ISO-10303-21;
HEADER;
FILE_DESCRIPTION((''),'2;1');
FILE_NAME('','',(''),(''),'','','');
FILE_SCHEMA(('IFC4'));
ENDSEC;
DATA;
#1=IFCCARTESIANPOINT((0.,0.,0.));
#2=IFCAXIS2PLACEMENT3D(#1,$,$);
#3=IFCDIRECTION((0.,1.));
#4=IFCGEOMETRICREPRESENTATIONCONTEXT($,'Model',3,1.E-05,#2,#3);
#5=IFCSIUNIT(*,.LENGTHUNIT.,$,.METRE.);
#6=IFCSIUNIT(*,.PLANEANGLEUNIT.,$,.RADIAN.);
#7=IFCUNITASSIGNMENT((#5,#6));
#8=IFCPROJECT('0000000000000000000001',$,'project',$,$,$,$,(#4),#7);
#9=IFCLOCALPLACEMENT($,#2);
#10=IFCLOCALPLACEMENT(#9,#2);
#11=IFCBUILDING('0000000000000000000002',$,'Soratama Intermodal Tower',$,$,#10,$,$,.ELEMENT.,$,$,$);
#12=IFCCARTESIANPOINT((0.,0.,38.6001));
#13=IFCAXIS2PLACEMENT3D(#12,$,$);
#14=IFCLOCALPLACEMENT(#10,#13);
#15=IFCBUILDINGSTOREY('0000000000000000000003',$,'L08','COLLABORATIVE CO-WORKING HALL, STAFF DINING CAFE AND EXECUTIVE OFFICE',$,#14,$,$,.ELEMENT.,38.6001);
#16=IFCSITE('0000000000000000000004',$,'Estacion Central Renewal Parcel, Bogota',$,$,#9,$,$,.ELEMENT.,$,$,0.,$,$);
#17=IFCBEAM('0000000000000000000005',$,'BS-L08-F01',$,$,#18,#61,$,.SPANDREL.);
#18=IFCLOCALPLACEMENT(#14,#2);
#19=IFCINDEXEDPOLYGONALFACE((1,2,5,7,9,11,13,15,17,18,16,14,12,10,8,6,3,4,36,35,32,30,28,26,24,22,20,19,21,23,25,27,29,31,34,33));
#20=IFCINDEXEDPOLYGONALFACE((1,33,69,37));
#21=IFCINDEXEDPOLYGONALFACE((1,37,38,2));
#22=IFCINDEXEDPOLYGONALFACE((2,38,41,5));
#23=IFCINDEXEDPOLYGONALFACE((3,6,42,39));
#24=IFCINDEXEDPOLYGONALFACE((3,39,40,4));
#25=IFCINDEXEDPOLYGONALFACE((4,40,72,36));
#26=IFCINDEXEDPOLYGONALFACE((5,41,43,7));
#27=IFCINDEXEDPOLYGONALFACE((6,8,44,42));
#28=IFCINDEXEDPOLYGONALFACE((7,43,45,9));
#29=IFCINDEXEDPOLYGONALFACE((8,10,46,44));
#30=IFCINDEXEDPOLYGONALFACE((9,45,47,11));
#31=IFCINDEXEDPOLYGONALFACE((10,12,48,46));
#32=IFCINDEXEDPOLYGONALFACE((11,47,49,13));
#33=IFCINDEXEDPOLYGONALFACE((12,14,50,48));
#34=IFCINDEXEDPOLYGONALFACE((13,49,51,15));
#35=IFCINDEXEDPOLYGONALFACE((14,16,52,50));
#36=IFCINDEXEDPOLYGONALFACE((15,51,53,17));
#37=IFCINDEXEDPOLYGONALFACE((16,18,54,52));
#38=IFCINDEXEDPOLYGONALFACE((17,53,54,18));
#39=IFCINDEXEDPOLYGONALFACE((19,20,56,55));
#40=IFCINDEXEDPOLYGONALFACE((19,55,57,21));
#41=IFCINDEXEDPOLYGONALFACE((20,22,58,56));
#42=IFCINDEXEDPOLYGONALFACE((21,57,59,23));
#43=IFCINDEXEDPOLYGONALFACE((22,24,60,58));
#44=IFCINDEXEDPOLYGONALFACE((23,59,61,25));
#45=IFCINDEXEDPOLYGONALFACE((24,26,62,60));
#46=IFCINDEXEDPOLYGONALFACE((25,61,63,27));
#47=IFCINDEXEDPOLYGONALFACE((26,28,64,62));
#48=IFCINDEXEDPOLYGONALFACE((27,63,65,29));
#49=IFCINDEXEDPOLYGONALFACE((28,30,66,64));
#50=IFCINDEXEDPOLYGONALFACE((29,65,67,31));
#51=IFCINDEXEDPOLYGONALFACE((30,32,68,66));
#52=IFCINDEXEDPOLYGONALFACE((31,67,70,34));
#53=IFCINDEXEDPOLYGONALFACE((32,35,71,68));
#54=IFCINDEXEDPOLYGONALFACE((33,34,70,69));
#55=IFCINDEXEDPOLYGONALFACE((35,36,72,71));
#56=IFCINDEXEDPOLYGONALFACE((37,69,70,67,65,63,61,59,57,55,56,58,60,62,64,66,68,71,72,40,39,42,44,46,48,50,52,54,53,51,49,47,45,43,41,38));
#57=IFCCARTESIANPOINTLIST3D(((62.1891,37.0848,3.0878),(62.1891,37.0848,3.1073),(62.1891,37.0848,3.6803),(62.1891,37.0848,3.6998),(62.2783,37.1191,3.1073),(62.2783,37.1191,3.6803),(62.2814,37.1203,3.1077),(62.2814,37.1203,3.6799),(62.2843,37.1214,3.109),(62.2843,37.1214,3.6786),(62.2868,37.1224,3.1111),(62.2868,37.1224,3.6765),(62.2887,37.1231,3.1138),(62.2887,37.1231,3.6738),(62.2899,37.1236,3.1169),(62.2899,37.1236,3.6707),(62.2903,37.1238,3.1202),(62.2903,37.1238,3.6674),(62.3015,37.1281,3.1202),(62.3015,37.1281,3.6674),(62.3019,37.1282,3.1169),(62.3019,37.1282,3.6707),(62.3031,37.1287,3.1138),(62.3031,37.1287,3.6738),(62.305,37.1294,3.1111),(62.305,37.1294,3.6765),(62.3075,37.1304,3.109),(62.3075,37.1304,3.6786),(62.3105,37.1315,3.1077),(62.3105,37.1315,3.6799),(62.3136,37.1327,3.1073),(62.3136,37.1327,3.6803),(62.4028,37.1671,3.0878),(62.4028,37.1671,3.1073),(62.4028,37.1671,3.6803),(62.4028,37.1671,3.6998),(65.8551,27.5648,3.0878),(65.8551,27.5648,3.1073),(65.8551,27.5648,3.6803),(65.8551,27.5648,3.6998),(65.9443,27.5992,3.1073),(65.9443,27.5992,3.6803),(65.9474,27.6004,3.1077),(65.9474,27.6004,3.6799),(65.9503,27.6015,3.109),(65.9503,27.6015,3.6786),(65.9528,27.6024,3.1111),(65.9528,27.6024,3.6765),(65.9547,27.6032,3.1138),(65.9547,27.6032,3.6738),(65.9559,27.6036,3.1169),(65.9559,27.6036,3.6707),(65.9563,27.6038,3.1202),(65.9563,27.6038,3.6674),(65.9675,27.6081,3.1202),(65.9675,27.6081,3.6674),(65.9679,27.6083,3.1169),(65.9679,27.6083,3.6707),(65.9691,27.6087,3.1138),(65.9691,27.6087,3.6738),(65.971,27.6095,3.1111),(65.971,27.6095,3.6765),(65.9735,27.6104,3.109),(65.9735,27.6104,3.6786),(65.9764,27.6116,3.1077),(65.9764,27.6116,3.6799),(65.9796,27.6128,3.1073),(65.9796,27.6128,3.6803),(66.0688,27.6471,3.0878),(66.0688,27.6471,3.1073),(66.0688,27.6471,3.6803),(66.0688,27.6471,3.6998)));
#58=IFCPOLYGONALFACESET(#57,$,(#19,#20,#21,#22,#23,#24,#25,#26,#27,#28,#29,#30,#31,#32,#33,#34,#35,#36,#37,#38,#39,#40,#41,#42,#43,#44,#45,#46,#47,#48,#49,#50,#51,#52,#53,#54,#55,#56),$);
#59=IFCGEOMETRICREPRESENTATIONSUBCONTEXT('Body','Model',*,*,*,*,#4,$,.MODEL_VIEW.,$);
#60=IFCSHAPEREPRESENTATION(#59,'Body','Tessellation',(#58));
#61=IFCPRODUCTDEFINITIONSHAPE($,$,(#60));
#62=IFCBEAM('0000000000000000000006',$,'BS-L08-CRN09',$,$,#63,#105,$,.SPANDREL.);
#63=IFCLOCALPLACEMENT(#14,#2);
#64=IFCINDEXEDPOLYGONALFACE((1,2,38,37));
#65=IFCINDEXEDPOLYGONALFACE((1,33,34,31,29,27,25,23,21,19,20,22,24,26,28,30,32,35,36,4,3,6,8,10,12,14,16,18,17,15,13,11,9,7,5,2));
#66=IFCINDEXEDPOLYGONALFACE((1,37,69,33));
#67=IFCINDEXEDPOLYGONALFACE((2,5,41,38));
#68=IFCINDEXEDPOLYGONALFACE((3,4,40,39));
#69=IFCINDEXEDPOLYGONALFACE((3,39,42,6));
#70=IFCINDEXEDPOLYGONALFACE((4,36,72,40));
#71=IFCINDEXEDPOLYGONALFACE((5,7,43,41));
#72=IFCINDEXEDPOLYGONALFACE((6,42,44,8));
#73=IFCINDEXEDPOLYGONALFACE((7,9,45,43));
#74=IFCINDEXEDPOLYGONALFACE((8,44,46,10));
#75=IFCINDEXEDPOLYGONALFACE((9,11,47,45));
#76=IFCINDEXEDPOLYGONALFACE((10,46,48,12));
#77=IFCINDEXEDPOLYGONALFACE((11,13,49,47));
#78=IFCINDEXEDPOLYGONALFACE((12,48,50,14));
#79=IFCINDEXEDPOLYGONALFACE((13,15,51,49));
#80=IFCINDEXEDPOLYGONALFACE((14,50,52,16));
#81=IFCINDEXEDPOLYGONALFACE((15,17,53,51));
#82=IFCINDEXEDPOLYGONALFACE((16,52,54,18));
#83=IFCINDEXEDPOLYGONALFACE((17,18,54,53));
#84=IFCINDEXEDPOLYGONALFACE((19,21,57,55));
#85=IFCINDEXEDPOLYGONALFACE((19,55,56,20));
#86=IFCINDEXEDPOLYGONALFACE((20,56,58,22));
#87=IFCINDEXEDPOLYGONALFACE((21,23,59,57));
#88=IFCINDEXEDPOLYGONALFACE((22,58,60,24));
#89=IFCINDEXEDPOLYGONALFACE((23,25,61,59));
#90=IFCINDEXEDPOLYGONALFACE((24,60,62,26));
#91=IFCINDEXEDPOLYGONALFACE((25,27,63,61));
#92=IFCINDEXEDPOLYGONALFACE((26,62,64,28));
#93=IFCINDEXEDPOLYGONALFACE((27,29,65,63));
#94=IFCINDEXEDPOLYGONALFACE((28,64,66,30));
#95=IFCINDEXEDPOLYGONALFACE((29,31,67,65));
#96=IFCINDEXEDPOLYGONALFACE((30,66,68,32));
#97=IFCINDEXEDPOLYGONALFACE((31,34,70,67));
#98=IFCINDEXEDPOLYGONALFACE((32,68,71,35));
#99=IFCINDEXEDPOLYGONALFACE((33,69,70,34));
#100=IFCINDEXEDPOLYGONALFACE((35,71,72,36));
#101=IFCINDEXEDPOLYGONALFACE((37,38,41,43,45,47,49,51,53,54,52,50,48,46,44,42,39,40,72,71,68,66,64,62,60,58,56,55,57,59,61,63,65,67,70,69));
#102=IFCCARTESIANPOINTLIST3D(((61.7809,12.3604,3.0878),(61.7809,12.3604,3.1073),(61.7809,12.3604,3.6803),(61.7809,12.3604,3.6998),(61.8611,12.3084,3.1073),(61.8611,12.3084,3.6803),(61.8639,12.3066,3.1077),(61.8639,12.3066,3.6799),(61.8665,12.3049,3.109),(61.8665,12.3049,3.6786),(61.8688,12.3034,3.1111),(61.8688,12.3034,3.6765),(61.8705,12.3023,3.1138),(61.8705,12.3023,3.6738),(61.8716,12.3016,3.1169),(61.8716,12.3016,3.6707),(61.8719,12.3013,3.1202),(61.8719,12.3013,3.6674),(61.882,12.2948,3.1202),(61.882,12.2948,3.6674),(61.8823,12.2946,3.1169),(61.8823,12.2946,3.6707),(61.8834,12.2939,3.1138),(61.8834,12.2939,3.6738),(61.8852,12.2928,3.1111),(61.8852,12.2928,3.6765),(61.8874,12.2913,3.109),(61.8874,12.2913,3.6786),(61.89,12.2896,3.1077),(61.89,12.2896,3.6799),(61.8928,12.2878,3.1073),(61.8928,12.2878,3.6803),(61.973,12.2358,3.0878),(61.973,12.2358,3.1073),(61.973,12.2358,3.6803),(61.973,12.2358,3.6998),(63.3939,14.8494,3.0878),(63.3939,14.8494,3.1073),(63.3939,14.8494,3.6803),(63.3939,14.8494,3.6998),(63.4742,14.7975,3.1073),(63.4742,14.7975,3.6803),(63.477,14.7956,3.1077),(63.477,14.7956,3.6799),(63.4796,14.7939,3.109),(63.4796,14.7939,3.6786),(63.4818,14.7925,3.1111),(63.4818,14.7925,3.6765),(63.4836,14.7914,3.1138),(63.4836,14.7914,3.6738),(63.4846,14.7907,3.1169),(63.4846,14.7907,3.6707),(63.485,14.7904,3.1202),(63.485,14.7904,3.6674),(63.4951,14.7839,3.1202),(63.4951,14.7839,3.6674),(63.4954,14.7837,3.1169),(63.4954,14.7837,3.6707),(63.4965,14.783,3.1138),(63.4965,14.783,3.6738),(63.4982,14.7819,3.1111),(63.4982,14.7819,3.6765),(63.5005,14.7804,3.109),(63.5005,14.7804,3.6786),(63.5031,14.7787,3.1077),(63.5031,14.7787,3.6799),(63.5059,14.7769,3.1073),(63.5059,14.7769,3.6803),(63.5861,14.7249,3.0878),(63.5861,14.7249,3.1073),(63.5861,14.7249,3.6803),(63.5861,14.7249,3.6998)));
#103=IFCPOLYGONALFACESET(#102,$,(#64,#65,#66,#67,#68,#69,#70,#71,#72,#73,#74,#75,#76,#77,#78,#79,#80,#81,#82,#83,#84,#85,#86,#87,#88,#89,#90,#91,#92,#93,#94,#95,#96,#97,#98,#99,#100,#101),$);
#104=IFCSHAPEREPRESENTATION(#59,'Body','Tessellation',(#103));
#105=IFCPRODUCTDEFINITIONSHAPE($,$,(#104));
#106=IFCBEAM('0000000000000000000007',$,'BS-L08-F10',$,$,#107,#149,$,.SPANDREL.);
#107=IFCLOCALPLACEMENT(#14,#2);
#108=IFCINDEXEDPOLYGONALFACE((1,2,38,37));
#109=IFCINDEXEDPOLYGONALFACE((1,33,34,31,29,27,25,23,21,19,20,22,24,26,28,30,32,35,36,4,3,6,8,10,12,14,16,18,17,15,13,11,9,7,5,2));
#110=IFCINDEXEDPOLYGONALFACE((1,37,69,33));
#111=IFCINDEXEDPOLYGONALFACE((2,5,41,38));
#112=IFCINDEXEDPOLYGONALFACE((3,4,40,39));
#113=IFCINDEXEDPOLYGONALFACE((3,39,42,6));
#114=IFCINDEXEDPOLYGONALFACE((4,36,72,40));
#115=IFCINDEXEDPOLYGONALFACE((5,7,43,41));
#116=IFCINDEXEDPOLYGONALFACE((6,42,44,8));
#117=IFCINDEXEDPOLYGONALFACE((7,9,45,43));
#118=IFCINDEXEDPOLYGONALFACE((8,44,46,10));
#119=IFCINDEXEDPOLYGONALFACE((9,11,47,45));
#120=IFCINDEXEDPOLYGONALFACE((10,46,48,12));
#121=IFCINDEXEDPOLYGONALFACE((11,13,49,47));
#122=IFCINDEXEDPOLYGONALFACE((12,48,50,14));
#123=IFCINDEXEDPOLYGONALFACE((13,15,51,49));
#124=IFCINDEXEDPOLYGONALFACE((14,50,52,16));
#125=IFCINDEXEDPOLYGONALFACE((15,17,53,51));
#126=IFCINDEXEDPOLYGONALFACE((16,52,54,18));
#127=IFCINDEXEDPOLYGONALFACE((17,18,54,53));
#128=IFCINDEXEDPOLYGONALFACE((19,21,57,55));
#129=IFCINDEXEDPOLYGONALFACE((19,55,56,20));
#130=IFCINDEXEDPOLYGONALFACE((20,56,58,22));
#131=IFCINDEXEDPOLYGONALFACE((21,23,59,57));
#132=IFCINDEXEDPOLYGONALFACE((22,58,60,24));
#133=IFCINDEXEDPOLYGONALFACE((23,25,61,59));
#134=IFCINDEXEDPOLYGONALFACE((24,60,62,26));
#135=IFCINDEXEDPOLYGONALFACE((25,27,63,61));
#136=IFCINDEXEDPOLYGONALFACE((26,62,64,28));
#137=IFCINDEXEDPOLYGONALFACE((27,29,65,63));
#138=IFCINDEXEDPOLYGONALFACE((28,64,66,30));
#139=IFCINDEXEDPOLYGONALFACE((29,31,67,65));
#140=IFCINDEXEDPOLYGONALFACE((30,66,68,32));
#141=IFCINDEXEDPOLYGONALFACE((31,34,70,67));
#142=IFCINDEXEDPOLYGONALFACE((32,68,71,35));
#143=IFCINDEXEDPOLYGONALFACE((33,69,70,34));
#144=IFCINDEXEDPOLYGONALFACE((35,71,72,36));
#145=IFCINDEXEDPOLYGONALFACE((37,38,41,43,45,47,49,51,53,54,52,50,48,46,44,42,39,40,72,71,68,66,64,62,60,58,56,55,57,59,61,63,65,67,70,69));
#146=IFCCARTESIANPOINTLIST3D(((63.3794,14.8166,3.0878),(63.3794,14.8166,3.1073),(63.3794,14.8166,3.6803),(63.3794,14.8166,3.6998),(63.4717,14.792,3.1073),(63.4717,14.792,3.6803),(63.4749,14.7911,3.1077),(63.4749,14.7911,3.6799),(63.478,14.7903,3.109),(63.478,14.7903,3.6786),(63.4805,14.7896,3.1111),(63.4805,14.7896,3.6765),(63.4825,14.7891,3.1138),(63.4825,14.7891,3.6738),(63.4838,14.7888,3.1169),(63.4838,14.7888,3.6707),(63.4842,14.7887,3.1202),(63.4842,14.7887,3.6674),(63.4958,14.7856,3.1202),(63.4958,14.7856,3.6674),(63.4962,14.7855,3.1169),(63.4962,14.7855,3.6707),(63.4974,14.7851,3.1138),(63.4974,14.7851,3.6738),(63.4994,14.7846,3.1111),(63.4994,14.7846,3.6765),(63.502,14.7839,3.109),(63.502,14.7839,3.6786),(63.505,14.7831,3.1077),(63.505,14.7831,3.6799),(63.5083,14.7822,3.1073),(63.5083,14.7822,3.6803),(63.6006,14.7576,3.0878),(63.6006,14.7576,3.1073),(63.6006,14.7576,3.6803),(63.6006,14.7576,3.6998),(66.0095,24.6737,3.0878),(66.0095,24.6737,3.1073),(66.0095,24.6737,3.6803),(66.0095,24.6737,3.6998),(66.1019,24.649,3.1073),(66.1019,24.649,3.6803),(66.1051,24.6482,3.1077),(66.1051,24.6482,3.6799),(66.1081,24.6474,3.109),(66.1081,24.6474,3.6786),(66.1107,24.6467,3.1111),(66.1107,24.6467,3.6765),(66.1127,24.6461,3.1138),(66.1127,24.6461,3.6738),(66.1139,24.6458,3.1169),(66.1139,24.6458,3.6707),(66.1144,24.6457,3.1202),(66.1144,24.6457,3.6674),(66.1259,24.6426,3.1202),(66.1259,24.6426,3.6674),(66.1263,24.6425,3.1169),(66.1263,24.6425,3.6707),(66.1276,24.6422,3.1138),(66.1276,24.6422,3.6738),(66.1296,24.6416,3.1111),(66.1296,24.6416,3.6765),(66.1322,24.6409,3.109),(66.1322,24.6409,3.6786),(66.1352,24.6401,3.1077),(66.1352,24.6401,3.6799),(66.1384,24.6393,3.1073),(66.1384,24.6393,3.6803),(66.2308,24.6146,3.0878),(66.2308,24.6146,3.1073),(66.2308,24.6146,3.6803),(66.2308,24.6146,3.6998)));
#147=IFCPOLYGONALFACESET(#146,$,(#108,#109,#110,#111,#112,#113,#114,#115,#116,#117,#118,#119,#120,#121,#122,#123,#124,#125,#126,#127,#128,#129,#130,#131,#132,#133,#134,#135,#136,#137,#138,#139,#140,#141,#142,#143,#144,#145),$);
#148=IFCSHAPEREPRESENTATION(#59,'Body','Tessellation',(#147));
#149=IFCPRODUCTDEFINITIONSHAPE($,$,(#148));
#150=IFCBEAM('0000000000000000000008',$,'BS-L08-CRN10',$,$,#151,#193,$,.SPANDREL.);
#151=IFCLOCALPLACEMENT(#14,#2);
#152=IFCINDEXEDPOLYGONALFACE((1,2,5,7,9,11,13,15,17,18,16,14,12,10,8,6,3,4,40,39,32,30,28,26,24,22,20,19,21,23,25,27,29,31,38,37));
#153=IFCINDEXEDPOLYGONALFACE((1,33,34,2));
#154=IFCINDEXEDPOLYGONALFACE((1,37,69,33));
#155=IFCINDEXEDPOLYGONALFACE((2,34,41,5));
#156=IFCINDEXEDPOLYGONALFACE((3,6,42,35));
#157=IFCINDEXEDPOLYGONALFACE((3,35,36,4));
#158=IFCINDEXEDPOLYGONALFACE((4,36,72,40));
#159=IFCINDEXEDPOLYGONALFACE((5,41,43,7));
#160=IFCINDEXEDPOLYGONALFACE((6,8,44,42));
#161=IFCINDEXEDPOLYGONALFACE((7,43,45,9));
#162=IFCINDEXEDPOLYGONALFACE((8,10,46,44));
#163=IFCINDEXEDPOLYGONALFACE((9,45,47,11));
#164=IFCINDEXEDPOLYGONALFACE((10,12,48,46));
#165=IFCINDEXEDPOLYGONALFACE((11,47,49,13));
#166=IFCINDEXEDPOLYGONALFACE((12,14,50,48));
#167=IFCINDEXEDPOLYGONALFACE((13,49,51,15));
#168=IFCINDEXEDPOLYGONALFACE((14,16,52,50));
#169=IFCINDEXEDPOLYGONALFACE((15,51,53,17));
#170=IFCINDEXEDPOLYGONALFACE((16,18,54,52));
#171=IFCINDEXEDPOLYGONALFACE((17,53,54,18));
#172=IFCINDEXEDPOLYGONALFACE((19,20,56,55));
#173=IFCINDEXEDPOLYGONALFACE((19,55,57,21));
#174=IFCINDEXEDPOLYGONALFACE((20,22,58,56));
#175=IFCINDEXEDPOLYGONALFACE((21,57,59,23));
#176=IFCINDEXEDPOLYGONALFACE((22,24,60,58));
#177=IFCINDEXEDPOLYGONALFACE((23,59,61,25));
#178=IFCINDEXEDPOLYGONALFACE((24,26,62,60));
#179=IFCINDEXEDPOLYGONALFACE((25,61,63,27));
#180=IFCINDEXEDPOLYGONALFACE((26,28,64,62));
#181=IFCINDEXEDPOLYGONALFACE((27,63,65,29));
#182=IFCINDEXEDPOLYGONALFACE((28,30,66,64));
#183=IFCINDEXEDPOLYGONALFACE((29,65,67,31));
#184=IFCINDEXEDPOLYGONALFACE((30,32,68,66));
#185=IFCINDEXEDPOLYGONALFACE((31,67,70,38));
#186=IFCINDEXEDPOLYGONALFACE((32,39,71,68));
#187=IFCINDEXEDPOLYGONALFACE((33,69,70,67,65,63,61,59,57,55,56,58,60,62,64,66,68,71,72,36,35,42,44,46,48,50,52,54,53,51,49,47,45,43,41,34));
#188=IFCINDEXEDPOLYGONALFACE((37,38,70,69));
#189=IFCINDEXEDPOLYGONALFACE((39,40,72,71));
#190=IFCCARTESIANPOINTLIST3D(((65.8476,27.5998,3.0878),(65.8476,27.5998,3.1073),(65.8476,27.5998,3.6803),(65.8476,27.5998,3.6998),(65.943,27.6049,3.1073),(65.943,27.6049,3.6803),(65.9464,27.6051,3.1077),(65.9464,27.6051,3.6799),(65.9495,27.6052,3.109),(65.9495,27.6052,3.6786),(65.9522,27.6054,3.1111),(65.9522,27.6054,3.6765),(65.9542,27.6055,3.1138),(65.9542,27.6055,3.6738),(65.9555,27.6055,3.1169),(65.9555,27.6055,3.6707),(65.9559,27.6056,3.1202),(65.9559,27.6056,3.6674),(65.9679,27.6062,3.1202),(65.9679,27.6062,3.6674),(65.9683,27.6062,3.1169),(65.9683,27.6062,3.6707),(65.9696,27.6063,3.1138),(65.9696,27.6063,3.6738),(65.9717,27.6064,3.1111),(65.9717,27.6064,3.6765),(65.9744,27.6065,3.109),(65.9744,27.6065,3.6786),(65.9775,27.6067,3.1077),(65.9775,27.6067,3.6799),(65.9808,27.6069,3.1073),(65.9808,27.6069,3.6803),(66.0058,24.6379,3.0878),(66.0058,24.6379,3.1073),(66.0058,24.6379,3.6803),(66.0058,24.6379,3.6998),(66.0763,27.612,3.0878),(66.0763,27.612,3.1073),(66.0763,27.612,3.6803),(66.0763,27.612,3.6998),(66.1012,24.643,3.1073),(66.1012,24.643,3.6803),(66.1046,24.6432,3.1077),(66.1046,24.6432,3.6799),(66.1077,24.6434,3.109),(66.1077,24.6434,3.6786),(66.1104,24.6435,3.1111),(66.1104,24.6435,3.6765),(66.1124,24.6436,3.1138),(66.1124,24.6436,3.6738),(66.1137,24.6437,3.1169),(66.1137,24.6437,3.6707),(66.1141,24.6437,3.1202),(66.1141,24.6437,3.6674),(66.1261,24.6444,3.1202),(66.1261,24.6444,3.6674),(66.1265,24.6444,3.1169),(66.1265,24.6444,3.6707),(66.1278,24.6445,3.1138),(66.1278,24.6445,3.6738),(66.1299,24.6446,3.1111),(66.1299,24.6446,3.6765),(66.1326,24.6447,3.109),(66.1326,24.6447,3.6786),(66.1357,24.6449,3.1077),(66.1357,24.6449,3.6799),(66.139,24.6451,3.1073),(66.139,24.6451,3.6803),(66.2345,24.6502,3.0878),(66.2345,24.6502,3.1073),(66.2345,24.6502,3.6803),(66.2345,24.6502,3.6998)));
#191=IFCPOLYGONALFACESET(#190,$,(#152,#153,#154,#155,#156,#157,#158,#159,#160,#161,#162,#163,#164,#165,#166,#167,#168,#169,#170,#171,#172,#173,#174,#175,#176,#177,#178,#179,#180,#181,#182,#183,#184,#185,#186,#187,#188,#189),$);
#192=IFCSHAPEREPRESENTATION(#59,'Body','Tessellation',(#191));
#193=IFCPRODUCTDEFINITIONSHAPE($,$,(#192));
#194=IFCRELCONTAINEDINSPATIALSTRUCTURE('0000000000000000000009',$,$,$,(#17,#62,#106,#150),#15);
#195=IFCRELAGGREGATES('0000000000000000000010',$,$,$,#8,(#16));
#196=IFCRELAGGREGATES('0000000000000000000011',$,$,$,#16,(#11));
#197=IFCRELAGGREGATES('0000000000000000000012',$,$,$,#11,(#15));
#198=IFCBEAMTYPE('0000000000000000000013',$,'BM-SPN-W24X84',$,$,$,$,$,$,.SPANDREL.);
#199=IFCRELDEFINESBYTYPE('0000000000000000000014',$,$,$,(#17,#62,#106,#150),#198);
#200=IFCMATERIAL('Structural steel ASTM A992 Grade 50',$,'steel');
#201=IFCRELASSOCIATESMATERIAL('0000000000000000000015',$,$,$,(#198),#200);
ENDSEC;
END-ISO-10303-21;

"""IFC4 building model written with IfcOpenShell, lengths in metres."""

from ifc_helpers import new_model, si_unit, direction, frame, origin, origin_2d, place, context, subcontext, project, spatial, i_section, extrude, material, material_profile, profile_set, type_object, element, save


model = new_model("IFC4")

# Units and contexts
model_context = context("Model", 3, precision=1e-05, world=origin(), true_north=direction((0.0, 1.0)))
body_context = subcontext(model_context, "Body", "Model", "MODEL_VIEW")
ifc_project = project(units=[si_unit("LENGTHUNIT", "METRE"), si_unit("PLANEANGLEUNIT", "RADIAN")], contexts=[model_context])

# Site, building, storey
site_placement = place(None, origin())
site = spatial("IfcSite", under=ifc_project, at=site_placement, Name="Estacion Central Renewal Parcel, Bogota", CompositionType="ELEMENT", RefElevation=0.0)
building_placement = place(site_placement, origin())
building = spatial("IfcBuilding", under=site, at=building_placement, Name="Soratama Intermodal Tower", CompositionType="ELEMENT")
storey_placement = place(building_placement, frame((0.0, 0.0, 38.6001)))
storey = spatial("IfcBuildingStorey", under=building, at=storey_placement, Name="L08", Description="COLLABORATIVE CO-WORKING HALL, STAFF DINING CAFE AND EXECUTIVE OFFICE", CompositionType="ELEMENT", Elevation=38.6001)

# Beams
ifc_material_1 = material(Name="Structural steel ASTM A992 Grade 50", Category="steel")
ifc_material_profile_1 = material_profile(ifc_material_1, i_section(OverallWidth=0.229, OverallDepth=0.6121, WebThickness=0.012, FlangeThickness=0.0195, FilletRadius=0.0129, at=origin_2d()), Name="W24X84")
ifc_profile_set_1 = profile_set([ifc_material_profile_1], Name="Structural steel ASTM A992 Grade 50")
beam_type_1 = type_object("IfcBeamType", Name="BM-SPN-W24X84", PredefinedType="SPANDREL", material=ifc_profile_set_1)
beam_1_placement = place(storey_placement, frame((65.9619, 27.606, 3.3938), z_axis=(-0.359361, 0.933199, 0.0), x_axis=(-0.933199, -0.359361, 0.0)))
element("IfcBeam", 1, at=beam_1_placement, inside=storey, type_object=beam_type_1, Name="BS-L08-F01", PredefinedType="SPANDREL", context=body_context, shape_type="SweptSolid", body=[
    extrude(i_section(OverallWidth=0.229, OverallDepth=0.6121, WebThickness=0.012, FlangeThickness=0.0195, FilletRadius=0.0129, at=origin_2d()), origin(), (0.0, 0.0, 1.0), 10.2014),
])
beam_2_placement = place(storey_placement, frame((61.877, 12.2981, 3.3938), z_axis=(0.543845, 0.839186, 0.0), x_axis=(-0.839186, 0.543845, 0.0)))
element("IfcBeam", 2, at=beam_2_placement, inside=storey, type_object=beam_type_1, Name="BS-L08-CRN09", PredefinedType="SPANDREL", context=body_context, shape_type="SweptSolid", body=[
    extrude(i_section(OverallWidth=0.229, OverallDepth=0.6121, WebThickness=0.012, FlangeThickness=0.0195, FilletRadius=0.0129, at=origin_2d()), origin(), (0.0, 0.0, 1.0), 2.9661),
])
beam_3_placement = place(storey_placement, frame((63.49, 14.7871, 3.3938), z_axis=(0.25781, 0.966196, 0.0), x_axis=(-0.966196, 0.25781, 0.0)))
element("IfcBeam", 3, at=beam_3_placement, inside=storey, type_object=beam_type_1, Name="BS-L08-F10", PredefinedType="SPANDREL", context=body_context, shape_type="SweptSolid", body=[
    extrude(i_section(OverallWidth=0.229, OverallDepth=0.6121, WebThickness=0.012, FlangeThickness=0.0195, FilletRadius=0.0129, at=origin_2d()), origin(), (0.0, 0.0, 1.0), 10.2019),
])
beam_4_placement = place(storey_placement, frame((66.1201, 24.644, 3.3938), z_axis=(-0.053336, 0.998577, 0.0), x_axis=(-0.998577, -0.053336, 0.0)))
element("IfcBeam", 4, at=beam_4_placement, inside=storey, type_object=beam_type_1, Name="BS-L08-CRN10", PredefinedType="SPANDREL", context=body_context, shape_type="SweptSolid", body=[
    extrude(i_section(OverallWidth=0.229, OverallDepth=0.6121, WebThickness=0.012, FlangeThickness=0.0195, FilletRadius=0.0129, at=origin_2d()), origin(), (0.0, 0.0, 1.0), 2.9661),
])

save(model, "model.ifc")
